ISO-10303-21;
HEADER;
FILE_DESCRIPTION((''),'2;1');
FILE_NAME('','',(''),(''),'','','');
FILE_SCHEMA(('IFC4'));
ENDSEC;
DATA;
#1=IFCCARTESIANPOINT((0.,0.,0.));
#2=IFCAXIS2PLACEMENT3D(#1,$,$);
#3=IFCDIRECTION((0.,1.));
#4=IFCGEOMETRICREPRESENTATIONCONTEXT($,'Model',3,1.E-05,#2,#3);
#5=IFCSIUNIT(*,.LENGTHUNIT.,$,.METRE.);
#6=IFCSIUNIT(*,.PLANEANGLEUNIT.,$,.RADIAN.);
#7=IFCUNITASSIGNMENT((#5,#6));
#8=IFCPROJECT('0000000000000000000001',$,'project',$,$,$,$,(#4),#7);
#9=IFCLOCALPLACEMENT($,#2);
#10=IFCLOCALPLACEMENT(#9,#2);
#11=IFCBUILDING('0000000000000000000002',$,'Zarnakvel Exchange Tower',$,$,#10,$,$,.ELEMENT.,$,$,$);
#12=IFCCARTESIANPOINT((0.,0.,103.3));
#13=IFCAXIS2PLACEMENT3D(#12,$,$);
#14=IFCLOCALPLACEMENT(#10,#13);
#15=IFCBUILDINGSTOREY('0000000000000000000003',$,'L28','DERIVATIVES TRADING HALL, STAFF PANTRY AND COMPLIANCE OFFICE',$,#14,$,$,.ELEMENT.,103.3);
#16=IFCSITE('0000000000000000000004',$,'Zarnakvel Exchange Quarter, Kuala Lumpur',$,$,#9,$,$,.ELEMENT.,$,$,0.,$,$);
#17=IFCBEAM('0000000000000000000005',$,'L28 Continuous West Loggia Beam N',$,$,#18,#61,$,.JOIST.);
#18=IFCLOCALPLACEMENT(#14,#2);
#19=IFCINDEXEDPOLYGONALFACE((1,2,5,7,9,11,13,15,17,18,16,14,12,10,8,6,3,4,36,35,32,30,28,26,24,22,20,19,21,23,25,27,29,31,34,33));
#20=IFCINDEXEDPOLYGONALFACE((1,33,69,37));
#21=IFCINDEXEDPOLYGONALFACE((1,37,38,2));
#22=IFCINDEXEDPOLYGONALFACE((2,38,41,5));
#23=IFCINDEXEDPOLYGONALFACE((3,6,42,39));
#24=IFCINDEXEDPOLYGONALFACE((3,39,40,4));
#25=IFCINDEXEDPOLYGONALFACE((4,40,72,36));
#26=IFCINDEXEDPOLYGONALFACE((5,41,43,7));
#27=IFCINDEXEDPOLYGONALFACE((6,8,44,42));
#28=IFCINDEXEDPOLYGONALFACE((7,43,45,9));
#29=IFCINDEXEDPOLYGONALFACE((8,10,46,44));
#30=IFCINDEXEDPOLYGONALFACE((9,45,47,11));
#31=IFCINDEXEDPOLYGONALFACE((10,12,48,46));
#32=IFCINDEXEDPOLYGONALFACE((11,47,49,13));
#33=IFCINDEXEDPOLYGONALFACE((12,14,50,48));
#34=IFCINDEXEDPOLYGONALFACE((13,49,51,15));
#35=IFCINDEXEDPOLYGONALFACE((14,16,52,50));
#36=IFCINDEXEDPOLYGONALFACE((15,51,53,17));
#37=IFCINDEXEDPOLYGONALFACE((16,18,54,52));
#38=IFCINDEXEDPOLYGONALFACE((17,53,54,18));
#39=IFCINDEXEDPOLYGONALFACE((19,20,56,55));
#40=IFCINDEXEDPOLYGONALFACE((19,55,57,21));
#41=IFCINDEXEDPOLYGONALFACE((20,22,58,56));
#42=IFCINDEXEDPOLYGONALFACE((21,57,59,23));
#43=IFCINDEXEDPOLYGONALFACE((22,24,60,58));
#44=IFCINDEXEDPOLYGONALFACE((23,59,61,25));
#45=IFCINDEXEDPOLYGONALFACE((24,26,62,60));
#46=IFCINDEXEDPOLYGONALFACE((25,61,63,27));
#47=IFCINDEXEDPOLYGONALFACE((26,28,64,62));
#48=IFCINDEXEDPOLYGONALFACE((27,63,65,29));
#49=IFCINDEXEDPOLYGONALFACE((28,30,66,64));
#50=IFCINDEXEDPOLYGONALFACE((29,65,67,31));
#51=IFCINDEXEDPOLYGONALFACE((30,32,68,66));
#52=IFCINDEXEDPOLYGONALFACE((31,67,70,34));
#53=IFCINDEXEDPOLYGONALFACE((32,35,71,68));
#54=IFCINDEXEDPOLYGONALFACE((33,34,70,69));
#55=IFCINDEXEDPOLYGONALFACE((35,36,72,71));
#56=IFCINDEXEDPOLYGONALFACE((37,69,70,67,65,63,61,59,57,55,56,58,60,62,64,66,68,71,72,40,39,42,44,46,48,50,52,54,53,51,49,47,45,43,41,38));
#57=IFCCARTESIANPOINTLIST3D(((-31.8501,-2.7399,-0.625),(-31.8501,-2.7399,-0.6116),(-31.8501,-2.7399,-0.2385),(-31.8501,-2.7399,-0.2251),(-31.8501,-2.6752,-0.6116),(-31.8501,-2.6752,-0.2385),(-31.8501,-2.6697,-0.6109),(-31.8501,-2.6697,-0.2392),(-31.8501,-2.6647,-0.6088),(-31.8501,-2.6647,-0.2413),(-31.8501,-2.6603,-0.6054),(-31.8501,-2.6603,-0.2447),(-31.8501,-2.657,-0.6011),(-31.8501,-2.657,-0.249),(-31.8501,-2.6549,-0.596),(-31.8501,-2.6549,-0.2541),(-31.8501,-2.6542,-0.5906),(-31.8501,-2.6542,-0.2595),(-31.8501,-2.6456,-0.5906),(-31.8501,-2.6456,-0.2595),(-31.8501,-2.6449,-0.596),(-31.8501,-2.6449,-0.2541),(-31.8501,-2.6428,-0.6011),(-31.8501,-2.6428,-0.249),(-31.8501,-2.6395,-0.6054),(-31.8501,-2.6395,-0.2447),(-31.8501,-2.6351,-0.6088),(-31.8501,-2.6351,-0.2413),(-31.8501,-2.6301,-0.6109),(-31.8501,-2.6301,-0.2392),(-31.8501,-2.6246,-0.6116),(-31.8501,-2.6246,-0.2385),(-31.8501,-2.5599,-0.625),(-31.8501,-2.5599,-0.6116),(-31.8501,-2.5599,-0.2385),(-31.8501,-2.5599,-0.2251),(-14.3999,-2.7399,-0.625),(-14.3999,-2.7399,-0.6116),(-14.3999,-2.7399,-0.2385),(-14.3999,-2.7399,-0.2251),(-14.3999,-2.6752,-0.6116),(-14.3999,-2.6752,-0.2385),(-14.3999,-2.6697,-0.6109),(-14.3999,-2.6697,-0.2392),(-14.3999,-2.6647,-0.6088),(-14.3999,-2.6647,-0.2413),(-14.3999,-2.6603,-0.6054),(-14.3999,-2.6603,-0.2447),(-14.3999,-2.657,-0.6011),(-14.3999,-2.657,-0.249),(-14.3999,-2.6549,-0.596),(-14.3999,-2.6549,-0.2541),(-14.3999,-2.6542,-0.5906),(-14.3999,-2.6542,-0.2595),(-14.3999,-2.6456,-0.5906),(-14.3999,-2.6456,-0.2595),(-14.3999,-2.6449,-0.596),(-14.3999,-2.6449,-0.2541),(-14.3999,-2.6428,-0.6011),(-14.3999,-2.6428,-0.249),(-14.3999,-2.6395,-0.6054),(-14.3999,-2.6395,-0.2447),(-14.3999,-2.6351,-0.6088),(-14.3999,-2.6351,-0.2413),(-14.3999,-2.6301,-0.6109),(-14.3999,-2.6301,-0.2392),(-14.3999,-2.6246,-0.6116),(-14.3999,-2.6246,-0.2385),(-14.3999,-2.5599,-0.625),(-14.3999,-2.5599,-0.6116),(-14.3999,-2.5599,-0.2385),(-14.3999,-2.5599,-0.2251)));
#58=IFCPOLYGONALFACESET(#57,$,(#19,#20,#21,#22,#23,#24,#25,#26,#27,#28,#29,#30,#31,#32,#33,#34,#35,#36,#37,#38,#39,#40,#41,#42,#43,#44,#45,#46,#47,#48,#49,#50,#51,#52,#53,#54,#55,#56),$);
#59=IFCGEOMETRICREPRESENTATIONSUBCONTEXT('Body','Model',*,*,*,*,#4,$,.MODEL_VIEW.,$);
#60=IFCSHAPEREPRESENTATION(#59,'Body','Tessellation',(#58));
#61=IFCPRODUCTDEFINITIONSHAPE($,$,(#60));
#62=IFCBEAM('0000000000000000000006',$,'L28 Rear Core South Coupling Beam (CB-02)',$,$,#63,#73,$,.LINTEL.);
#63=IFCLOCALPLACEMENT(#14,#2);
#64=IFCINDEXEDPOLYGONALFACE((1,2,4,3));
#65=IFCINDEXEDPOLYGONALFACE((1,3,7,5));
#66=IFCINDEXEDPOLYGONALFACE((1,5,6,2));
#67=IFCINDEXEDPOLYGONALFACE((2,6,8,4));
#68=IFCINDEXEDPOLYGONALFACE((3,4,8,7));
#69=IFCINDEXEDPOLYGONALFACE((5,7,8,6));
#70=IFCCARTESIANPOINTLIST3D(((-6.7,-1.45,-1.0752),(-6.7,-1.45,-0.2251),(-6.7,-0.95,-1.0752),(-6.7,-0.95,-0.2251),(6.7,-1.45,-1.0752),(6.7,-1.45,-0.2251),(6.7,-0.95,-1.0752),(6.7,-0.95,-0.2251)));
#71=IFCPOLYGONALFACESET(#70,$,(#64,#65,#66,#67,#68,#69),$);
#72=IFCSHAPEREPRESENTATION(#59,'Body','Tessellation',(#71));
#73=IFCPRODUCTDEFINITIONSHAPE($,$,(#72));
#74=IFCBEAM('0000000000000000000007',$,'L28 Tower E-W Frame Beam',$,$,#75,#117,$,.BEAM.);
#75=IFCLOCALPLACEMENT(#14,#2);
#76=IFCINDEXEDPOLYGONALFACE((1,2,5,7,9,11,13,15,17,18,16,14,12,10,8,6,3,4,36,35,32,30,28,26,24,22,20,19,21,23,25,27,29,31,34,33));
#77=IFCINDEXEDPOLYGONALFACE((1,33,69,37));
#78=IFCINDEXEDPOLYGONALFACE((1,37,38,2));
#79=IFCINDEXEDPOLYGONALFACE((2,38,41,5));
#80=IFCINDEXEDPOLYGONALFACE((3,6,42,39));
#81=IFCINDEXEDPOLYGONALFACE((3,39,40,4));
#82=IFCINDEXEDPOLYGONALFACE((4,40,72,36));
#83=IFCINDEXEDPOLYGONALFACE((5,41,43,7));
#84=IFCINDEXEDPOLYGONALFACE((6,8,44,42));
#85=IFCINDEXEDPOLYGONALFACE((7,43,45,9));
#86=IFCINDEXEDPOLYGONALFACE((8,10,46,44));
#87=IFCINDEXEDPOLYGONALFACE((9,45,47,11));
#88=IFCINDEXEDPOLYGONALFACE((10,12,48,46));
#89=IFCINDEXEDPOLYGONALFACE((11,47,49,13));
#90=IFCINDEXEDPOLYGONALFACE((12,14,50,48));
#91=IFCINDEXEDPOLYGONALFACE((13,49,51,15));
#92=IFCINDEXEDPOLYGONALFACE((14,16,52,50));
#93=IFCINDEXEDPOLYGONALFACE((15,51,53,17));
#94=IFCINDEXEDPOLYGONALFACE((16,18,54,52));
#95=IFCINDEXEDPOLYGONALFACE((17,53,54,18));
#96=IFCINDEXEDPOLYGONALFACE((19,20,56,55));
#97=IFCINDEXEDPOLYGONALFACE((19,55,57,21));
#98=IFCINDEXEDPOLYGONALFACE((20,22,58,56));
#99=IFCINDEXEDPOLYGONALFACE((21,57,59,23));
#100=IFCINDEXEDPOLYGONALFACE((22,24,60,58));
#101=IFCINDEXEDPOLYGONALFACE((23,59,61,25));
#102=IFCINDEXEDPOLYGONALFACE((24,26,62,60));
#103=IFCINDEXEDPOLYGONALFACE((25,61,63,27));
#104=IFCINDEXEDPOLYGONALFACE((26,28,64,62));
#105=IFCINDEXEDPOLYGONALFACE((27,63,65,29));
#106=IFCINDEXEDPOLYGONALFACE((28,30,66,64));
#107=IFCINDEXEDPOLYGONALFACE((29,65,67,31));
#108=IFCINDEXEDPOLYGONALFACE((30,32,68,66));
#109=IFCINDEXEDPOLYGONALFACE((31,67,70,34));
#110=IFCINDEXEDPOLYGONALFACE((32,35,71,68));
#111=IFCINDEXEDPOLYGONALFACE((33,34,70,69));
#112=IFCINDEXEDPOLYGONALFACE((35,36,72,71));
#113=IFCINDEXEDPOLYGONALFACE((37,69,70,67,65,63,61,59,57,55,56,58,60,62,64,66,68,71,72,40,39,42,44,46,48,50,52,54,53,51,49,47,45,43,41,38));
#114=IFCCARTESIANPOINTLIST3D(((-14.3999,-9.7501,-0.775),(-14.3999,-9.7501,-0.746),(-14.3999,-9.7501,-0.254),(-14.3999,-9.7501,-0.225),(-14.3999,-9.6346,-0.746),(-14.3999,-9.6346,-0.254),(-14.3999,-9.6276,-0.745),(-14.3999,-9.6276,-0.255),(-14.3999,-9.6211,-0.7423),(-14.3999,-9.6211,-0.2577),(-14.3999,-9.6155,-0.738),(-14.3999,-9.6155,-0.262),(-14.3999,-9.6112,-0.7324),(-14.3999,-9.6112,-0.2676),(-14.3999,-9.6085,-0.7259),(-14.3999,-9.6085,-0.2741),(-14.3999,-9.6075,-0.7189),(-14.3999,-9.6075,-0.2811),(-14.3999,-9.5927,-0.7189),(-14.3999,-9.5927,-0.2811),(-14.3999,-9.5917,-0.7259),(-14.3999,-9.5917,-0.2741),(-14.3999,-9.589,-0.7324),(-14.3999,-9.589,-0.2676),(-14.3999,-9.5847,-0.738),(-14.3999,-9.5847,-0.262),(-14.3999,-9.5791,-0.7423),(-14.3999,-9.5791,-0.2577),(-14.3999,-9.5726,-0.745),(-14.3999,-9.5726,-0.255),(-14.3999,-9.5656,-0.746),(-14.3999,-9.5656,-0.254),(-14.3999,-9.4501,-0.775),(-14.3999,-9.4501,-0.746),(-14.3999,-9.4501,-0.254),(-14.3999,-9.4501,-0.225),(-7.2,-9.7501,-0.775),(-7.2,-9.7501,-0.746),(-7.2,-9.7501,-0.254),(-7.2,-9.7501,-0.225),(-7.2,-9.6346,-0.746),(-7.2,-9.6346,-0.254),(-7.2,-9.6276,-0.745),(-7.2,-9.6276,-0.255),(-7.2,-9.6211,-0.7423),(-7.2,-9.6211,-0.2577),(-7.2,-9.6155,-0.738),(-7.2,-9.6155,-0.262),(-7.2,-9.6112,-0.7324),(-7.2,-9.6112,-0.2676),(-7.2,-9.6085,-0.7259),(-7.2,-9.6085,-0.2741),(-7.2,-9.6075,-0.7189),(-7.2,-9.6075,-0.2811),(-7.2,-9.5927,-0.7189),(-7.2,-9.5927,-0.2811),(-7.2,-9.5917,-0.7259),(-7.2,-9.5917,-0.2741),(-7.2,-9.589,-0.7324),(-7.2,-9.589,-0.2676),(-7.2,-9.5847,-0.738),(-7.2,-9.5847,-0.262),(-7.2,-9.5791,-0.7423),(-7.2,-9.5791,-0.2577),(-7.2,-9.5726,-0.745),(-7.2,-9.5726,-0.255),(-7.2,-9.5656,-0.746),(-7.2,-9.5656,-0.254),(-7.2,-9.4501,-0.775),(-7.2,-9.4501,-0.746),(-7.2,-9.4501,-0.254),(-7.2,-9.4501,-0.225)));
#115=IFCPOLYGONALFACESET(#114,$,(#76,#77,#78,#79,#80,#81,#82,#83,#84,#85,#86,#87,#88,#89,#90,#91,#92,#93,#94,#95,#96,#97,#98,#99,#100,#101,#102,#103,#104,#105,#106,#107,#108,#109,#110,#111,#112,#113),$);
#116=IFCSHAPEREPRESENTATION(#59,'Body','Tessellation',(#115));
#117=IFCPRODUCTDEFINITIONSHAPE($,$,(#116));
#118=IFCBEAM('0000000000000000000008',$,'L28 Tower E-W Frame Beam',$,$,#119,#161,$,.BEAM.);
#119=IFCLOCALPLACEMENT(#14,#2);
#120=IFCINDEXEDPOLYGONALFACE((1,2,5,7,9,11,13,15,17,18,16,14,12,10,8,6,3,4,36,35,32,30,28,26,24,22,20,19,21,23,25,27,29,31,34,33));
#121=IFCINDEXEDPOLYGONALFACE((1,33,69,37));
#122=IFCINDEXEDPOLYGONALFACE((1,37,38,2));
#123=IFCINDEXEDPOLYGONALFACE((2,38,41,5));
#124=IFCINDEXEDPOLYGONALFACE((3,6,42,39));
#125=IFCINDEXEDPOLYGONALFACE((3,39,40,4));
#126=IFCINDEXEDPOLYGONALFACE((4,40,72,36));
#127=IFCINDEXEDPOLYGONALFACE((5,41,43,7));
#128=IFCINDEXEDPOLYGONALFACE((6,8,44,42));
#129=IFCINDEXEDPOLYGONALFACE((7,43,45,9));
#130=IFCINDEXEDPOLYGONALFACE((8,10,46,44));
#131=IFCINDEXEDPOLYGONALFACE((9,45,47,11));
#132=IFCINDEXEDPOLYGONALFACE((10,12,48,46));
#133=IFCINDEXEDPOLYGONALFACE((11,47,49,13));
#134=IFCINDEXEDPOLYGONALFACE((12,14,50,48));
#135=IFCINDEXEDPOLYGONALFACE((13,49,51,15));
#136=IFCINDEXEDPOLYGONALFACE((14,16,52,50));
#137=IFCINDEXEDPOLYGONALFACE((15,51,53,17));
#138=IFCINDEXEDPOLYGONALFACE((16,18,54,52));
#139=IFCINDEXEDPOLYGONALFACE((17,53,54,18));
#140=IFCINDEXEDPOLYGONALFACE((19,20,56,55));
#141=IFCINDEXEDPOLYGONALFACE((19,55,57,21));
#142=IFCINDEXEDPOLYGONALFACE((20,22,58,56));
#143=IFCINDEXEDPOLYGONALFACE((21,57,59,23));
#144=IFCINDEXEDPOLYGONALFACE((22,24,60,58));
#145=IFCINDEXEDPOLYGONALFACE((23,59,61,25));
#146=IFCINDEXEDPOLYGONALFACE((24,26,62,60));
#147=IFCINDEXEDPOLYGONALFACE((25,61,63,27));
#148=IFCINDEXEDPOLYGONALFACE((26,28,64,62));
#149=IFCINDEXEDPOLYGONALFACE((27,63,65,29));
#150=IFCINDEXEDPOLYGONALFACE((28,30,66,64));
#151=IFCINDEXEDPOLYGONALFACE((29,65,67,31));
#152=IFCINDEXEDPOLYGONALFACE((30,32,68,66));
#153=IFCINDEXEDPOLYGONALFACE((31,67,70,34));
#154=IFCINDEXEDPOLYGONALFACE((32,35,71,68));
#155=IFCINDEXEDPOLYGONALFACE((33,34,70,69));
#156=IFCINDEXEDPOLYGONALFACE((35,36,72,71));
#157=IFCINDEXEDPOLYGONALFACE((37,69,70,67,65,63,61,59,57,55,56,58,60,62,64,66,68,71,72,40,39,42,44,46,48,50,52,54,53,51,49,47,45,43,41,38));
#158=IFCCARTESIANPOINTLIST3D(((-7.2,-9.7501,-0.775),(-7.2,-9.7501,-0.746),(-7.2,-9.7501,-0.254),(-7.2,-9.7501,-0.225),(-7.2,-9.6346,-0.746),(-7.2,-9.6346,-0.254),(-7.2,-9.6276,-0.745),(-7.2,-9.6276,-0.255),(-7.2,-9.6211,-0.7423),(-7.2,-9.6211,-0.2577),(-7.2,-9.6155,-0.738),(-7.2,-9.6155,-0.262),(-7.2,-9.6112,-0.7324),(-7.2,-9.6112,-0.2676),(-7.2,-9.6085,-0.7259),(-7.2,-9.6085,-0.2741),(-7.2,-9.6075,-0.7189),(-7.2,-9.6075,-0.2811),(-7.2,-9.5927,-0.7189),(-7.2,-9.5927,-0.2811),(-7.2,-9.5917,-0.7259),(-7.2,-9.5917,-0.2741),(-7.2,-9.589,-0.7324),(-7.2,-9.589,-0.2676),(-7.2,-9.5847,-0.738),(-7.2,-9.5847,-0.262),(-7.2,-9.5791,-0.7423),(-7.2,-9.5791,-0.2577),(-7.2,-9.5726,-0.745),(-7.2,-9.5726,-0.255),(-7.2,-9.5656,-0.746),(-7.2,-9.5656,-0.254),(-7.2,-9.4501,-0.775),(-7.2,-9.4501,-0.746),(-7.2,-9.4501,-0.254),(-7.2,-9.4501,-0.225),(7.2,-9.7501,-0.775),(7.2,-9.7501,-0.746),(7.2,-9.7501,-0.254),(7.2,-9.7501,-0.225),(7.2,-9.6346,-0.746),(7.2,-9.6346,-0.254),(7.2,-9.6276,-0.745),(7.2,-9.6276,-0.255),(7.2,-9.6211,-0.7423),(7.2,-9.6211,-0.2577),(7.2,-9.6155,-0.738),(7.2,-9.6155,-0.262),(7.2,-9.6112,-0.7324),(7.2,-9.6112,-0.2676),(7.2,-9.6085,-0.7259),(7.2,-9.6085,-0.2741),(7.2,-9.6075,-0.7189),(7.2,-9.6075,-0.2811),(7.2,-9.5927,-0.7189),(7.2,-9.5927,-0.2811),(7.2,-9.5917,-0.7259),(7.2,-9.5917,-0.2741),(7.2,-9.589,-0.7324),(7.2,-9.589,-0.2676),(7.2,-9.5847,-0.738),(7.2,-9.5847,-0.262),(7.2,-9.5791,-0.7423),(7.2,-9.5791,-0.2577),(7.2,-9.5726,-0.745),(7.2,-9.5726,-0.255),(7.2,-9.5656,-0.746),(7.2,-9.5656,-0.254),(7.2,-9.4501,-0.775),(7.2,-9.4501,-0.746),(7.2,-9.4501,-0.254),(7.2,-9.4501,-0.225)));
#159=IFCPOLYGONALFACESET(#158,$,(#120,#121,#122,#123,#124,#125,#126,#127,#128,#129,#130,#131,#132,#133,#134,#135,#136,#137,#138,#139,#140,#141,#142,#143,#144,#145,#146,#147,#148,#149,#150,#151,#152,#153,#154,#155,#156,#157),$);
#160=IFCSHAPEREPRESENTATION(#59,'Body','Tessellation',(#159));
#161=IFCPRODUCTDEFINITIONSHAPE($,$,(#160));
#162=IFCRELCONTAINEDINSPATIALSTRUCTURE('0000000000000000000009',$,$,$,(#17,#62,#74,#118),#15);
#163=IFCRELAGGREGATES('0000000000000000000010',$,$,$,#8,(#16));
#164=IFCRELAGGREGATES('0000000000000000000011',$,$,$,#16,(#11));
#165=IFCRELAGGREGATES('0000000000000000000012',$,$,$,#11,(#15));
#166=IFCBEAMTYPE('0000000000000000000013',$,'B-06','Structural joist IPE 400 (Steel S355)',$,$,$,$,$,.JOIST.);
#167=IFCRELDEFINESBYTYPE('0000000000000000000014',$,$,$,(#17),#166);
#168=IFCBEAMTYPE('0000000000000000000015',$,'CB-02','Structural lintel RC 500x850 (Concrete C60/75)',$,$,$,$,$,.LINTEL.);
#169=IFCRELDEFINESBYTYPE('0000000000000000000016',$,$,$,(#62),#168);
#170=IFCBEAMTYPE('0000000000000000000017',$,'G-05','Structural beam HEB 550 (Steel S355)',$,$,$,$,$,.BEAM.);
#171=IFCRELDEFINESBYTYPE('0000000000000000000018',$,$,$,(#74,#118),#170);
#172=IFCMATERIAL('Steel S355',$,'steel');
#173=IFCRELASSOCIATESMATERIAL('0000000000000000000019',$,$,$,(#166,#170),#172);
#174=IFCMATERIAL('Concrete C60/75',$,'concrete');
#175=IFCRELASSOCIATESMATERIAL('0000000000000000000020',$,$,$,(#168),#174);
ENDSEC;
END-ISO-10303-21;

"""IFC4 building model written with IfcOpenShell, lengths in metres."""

from ifc_helpers import new_model, si_unit, direction, frame, origin, origin_2d, place, context, subcontext, project, spatial, rectangle, i_section, extrude, material, material_profile, profile_set, type_object, element, save


model = new_model("IFC4")

# Units and contexts
model_context = context("Model", 3, precision=1e-05, world=origin(), true_north=direction((0.0, 1.0)))
body_context = subcontext(model_context, "Body", "Model", "MODEL_VIEW")
ifc_project = project(units=[si_unit("LENGTHUNIT", "METRE"), si_unit("PLANEANGLEUNIT", "RADIAN")], contexts=[model_context])

# Site, building, storey
site_placement = place(None, origin())
site = spatial("IfcSite", under=ifc_project, at=site_placement, Name="Zarnakvel Exchange Quarter, Kuala Lumpur", CompositionType="ELEMENT", RefElevation=0.0)
building_placement = place(site_placement, origin())
building = spatial("IfcBuilding", under=site, at=building_placement, Name="Zarnakvel Exchange Tower", CompositionType="ELEMENT")
storey_placement = place(building_placement, frame((0.0, 0.0, 103.3)))
storey = spatial("IfcBuildingStorey", under=building, at=storey_placement, Name="L28", Description="DERIVATIVES TRADING HALL, STAFF PANTRY AND COMPLIANCE OFFICE", CompositionType="ELEMENT", Elevation=103.3)

# Shared definitions
ifc_material_1 = material(Name="Concrete C60/75", Category="concrete")

# Beams
ifc_material_2 = material(Name="Steel S355", Category="steel")
ifc_material_profile_1 = material_profile(ifc_material_2, i_section(OverallWidth=0.1799, OverallDepth=0.3999, WebThickness=0.0085, FlangeThickness=0.0134, FilletRadius=0.021, at=origin_2d()))
ifc_profile_set_1 = profile_set([ifc_material_profile_1], Name="Steel S355")
beam_type_1 = type_object("IfcBeamType", Name="B-06", Description="Structural joist IPE 400 (Steel S355)", PredefinedType="JOIST", material=ifc_profile_set_1)
for number, where, z_axis, x_axis, name in (
    (1, (-14.3999, -2.6499, -0.425), (-1.0, 0.0, 0.0), (0.0, -1.0, 0.0), "L28 Continuous West Loggia Beam N"),
):
    element("IfcBeam", number, at=place(storey_placement, frame(where, z_axis=z_axis, x_axis=x_axis)), inside=storey, type_object=beam_type_1, Name=name, PredefinedType="JOIST", context=body_context, shape_type="SweptSolid", body=[
        extrude(i_section(OverallWidth=0.1799, OverallDepth=0.3999, WebThickness=0.0085, FlangeThickness=0.0134, FilletRadius=0.021, at=origin_2d()), origin(), (0.0, 0.0, 1.0), 17.4502),
    ])
ifc_material_profile_2 = material_profile(ifc_material_1, rectangle(XDim=0.5, YDim=0.8501, at=origin_2d()))
ifc_profile_set_2 = profile_set([ifc_material_profile_2], Name="Concrete C60/75")
beam_type_2 = type_object("IfcBeamType", Name="CB-02", Description="Structural lintel RC 500x850 (Concrete C60/75)", PredefinedType="LINTEL", material=ifc_profile_set_2)
beam_1_placement = place(storey_placement, frame((-6.7, -1.2, -0.6501), z_axis=(1.0, 0.0, 0.0), x_axis=(0.0, 1.0, 0.0)))
element("IfcBeam", 2, at=beam_1_placement, inside=storey, type_object=beam_type_2, Name="L28 Rear Core South Coupling Beam (CB-02)", PredefinedType="LINTEL", context=body_context, shape_type="SweptSolid", body=[
    extrude(rectangle(XDim=0.5, YDim=0.8501, at=origin_2d()), origin(), (0.0, 0.0, 1.0), 13.3999),
])
ifc_material_profile_3 = material_profile(ifc_material_2, i_section(OverallWidth=0.3, OverallDepth=0.55, WebThickness=0.0149, FlangeThickness=0.0291, FilletRadius=0.0271, at=origin_2d()))
ifc_profile_set_3 = profile_set([ifc_material_profile_3], Name="Steel S355")
beam_type_3 = type_object("IfcBeamType", Name="G-05", Description="Structural beam HEB 550 (Steel S355)", PredefinedType="BEAM", material=ifc_profile_set_3)
beam_2_placement = place(storey_placement, frame((-14.3999, -9.6001, -0.5), z_axis=(1.0, 0.0, 0.0), x_axis=(0.0, 1.0, 0.0)))
element("IfcBeam", 3, at=beam_2_placement, inside=storey, type_object=beam_type_3, Name="L28 Tower E-W Frame Beam", PredefinedType="BEAM", context=body_context, shape_type="SweptSolid", body=[
    extrude(i_section(OverallWidth=0.3, OverallDepth=0.55, WebThickness=0.0149, FlangeThickness=0.0291, FilletRadius=0.0271, at=origin_2d()), origin(), (0.0, 0.0, 1.0), 7.2),
])
beam_3_placement = place(storey_placement, frame((-7.2, -9.6001, -0.5), z_axis=(1.0, 0.0, 0.0), x_axis=(0.0, 1.0, 0.0)))
element("IfcBeam", 4, at=beam_3_placement, inside=storey, type_object=beam_type_3, Name="L28 Tower E-W Frame Beam", PredefinedType="BEAM", context=body_context, shape_type="SweptSolid", body=[
    extrude(i_section(OverallWidth=0.3, OverallDepth=0.55, WebThickness=0.0149, FlangeThickness=0.0291, FilletRadius=0.0271, at=origin_2d()), origin(), (0.0, 0.0, 1.0), 14.3999),
])

save(model, "model.ifc")
